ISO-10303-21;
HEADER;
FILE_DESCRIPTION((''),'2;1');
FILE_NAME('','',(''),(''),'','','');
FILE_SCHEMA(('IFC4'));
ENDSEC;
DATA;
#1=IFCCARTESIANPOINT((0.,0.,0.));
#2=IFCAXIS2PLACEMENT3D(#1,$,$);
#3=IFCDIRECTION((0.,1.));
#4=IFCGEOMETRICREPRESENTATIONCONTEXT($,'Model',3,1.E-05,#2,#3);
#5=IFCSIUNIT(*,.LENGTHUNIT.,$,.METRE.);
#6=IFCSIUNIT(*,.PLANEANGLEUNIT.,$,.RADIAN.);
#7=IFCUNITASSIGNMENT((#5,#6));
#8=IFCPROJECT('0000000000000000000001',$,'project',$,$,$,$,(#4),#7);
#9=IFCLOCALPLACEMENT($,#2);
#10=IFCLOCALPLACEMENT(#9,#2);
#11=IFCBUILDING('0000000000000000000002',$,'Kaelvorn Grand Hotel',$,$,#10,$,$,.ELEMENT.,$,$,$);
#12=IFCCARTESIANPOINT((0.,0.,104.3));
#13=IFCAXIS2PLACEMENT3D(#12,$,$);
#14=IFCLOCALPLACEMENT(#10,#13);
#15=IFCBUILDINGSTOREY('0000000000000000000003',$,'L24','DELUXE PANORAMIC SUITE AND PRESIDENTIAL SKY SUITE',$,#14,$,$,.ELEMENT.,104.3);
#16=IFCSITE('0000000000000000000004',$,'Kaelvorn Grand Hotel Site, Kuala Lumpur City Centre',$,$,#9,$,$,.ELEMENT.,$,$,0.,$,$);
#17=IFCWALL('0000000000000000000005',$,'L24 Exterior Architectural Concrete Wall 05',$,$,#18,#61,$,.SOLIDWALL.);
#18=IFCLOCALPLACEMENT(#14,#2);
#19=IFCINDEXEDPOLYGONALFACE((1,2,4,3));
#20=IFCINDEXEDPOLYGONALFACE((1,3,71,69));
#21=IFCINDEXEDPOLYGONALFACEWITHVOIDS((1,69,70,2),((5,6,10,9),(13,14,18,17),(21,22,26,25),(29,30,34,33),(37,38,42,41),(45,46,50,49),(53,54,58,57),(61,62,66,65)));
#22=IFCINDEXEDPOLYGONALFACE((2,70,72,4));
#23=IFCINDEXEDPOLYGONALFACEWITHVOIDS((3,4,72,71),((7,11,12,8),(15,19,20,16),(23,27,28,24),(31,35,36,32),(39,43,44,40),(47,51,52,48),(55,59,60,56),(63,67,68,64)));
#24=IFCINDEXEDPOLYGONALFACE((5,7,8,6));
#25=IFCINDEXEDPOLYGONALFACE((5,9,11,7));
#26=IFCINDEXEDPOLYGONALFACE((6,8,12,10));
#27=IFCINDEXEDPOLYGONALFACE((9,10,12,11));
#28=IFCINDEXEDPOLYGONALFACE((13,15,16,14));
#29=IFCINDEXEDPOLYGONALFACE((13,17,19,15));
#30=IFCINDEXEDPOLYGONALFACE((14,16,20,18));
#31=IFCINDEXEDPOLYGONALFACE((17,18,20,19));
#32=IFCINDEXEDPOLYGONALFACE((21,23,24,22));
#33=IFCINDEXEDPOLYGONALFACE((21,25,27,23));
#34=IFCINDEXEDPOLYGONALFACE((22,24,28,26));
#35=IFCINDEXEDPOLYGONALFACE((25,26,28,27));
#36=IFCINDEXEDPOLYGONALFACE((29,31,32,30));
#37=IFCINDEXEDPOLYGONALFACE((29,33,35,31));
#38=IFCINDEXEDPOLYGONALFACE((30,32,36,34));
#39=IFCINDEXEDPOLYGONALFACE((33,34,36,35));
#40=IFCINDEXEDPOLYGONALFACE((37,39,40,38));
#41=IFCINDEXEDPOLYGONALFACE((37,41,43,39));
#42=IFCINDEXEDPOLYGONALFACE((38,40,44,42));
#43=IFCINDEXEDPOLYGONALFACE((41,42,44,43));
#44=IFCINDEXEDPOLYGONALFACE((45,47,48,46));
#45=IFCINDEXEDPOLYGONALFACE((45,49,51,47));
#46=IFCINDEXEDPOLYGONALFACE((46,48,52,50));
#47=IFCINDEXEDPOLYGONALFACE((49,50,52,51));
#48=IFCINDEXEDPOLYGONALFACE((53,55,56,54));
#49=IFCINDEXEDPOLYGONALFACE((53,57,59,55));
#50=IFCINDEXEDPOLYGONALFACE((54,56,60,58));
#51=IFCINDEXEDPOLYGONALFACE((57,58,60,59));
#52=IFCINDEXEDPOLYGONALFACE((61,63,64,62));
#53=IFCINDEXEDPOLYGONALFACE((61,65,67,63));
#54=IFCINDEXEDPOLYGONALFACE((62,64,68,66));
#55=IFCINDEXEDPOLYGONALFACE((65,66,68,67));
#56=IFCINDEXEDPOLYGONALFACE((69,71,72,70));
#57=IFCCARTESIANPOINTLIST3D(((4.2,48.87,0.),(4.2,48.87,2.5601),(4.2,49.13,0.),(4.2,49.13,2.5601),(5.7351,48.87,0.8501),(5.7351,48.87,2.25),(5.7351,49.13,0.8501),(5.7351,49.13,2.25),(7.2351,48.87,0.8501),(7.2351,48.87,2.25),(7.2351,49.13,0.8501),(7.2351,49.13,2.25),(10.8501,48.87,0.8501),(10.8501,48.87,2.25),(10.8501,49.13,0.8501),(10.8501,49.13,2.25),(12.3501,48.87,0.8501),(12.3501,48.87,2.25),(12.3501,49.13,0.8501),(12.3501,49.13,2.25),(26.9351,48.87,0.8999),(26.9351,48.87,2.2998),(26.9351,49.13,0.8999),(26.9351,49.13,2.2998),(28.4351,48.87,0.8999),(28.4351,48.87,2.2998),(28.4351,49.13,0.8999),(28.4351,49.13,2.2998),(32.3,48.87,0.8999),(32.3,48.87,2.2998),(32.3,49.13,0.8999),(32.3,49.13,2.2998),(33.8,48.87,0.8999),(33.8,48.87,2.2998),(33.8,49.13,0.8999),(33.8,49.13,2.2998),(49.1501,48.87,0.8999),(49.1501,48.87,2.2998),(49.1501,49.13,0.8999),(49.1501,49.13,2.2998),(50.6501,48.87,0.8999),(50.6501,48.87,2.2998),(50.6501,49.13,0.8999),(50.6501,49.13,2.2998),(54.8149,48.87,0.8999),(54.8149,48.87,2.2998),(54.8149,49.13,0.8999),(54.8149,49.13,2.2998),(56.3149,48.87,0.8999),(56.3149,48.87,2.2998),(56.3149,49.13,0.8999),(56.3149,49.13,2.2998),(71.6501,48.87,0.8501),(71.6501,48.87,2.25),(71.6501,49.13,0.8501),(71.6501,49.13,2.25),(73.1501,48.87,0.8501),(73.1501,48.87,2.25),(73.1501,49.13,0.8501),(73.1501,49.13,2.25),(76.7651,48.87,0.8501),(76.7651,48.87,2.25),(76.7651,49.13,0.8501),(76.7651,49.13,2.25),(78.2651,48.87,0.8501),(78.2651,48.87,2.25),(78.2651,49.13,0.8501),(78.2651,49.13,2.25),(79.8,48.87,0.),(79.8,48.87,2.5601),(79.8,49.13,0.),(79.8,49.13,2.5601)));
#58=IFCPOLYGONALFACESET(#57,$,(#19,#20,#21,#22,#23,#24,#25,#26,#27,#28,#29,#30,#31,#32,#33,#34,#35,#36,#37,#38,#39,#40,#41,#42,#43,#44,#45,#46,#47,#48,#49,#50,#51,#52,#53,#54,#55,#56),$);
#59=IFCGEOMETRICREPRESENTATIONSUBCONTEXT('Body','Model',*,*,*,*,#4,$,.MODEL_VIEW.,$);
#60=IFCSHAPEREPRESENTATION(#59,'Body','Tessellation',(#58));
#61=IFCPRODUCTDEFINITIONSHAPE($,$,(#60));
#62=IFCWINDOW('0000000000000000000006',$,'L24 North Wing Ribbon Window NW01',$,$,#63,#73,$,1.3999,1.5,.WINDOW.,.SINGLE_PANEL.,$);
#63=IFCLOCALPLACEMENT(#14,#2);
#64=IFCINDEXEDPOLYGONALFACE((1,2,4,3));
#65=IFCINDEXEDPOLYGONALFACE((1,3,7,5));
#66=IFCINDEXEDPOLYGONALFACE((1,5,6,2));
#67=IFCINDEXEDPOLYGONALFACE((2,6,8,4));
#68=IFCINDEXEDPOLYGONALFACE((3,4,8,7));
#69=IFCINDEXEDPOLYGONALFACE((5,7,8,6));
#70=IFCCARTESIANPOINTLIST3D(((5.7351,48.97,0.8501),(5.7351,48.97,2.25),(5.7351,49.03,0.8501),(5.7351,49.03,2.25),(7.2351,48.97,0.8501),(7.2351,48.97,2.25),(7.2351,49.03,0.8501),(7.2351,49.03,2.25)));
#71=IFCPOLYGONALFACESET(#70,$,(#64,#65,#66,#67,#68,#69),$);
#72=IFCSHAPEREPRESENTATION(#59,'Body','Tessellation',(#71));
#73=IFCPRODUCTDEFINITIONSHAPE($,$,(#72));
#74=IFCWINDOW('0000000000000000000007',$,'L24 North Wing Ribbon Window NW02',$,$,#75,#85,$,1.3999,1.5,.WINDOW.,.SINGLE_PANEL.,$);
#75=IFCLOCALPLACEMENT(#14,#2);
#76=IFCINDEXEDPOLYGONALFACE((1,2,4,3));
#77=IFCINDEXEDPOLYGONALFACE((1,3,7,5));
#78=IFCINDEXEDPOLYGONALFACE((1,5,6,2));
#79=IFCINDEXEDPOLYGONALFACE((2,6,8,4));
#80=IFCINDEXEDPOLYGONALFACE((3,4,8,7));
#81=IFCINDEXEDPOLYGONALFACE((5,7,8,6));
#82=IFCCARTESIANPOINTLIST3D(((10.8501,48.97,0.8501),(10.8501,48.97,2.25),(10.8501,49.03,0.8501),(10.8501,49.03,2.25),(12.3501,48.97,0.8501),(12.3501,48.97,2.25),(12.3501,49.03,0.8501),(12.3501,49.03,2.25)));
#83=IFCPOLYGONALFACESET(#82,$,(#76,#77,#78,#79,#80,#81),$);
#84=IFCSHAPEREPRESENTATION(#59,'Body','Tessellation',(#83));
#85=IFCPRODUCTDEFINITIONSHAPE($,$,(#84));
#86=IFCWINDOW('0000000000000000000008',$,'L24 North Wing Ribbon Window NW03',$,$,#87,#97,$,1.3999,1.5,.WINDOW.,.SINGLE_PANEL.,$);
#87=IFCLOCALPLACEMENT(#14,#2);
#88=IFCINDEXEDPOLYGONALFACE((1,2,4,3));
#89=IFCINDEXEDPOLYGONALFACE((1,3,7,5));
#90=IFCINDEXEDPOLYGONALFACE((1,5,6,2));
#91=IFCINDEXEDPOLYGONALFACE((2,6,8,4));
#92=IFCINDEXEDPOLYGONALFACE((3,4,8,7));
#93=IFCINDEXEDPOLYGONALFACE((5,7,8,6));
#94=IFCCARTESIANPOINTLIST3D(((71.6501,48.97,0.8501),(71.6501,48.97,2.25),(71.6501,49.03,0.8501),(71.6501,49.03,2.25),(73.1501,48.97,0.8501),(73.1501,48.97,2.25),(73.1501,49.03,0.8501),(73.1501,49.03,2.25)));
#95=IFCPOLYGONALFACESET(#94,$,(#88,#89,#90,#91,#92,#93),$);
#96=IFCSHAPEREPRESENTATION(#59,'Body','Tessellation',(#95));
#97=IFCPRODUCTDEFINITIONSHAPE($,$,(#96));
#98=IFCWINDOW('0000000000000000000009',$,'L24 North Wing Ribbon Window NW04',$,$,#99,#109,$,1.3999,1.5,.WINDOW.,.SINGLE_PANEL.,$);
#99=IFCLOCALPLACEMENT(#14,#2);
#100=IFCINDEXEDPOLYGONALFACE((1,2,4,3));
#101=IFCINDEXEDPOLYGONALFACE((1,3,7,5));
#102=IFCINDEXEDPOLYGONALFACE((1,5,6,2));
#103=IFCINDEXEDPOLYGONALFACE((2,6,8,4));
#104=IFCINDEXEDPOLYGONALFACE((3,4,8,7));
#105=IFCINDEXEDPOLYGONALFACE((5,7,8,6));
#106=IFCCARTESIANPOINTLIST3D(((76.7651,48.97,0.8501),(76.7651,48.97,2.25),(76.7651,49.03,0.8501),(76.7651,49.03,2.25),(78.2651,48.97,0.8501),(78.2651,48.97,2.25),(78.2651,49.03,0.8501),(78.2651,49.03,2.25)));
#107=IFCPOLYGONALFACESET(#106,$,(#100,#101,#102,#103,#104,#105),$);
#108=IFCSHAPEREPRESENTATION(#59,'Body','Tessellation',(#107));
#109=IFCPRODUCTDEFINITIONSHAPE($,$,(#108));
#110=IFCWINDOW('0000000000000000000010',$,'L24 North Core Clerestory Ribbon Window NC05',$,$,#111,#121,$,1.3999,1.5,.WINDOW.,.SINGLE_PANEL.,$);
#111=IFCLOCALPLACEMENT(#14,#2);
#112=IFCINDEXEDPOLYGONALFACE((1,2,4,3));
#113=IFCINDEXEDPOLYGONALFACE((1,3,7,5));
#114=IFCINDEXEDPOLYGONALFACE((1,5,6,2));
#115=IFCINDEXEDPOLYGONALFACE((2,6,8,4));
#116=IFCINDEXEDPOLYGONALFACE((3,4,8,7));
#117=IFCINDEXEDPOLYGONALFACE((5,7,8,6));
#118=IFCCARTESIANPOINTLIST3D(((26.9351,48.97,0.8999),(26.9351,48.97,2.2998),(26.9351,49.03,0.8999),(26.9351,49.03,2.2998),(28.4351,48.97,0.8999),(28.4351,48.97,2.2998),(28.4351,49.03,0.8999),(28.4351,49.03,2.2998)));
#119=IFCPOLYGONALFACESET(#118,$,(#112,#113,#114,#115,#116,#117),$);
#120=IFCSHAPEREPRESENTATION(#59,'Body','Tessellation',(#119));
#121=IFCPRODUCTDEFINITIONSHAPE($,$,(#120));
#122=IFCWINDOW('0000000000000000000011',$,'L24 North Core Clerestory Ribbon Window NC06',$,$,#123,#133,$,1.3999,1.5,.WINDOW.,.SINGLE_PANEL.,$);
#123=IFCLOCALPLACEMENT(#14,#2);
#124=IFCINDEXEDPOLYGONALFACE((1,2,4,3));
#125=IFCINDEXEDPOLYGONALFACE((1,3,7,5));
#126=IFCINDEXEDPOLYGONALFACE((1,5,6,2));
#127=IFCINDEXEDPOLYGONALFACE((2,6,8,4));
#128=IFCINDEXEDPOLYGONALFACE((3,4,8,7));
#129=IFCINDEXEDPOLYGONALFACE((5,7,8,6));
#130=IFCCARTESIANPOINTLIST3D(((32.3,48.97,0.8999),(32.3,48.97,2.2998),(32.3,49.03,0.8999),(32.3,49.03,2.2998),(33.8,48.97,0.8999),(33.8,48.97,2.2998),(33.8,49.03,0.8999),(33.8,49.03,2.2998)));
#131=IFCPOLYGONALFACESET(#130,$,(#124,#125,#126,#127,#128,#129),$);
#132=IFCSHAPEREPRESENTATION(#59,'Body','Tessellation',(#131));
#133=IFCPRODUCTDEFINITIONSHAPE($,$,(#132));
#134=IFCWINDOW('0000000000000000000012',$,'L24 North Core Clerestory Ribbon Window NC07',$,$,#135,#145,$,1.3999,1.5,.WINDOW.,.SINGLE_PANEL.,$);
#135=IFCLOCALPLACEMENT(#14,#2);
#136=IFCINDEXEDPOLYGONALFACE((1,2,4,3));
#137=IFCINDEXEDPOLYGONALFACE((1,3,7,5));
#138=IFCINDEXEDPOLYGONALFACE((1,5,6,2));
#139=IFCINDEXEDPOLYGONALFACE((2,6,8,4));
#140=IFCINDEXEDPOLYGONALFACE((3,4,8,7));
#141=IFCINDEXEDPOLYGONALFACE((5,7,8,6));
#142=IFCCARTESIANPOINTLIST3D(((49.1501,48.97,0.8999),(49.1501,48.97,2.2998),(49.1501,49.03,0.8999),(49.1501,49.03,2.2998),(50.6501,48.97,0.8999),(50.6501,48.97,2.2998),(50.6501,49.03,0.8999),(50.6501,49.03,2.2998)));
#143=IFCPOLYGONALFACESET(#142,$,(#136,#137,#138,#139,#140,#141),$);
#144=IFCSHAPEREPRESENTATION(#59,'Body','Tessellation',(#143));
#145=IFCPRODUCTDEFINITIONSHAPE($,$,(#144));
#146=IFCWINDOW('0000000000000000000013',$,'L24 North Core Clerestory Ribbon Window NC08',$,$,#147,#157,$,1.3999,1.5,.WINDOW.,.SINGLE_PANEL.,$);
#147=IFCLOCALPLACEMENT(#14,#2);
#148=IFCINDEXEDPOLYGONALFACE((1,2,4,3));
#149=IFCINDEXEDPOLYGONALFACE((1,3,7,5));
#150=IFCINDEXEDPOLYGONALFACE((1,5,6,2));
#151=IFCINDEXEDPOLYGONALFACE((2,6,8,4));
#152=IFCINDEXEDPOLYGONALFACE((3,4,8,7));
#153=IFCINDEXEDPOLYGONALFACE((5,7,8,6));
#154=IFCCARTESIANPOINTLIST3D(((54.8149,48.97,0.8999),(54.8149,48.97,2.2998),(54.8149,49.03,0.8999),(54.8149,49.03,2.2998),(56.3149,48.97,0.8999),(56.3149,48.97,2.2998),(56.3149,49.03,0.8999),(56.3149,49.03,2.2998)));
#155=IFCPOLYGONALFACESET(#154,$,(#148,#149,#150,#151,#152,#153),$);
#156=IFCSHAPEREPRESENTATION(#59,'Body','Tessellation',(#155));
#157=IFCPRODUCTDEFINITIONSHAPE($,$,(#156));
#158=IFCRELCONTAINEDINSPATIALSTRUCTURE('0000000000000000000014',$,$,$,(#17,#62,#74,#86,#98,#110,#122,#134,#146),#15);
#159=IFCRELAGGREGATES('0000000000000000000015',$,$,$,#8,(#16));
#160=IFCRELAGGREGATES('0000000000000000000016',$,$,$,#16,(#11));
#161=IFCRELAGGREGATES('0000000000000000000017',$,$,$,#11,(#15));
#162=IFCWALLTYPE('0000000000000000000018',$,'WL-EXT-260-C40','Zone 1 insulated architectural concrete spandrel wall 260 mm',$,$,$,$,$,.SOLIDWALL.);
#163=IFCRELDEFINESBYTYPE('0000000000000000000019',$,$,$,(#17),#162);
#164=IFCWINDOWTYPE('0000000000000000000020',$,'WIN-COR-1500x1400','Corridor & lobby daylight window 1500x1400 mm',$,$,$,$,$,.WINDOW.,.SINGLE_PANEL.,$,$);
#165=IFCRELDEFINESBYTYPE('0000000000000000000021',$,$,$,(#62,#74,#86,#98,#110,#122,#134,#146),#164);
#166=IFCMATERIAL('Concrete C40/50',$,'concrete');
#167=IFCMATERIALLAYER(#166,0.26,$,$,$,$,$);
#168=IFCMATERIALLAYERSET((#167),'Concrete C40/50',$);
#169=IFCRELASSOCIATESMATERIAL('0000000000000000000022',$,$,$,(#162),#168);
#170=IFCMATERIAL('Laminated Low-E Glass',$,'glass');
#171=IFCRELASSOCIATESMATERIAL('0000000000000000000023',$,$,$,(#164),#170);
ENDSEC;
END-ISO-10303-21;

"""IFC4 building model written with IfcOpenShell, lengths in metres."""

from ifc_helpers import new_model, si_unit, direction, frame, frame_2d, origin, place, context, subcontext, project, spatial, rectangle, extrude, material, layer, layer_set, type_object, element, fill, save


model = new_model("IFC4")

# Units and contexts
model_context = context("Model", 3, precision=1e-05, world=origin(), true_north=direction((0.0, 1.0)))
body_context = subcontext(model_context, "Body", "Model", "MODEL_VIEW")
ifc_project = project(units=[si_unit("LENGTHUNIT", "METRE"), si_unit("PLANEANGLEUNIT", "RADIAN")], contexts=[model_context])

# Site, building, storey
site_placement = place(None, origin())
site = spatial("IfcSite", under=ifc_project, at=site_placement, Name="Kaelvorn Grand Hotel Site, Kuala Lumpur City Centre", CompositionType="ELEMENT", RefElevation=0.0)
building_placement = place(site_placement, origin())
building = spatial("IfcBuilding", under=site, at=building_placement, Name="Kaelvorn Grand Hotel", CompositionType="ELEMENT")
storey_placement = place(building_placement, frame((0.0, 0.0, 104.3)))
storey = spatial("IfcBuildingStorey", under=building, at=storey_placement, Name="L24", Description="DELUXE PANORAMIC SUITE AND PRESIDENTIAL SKY SUITE", CompositionType="ELEMENT", Elevation=104.3)

# Shared definitions
ifc_material_1 = material(Name="Concrete C40/50", Category="concrete")
ifc_layer_1 = layer(ifc_material_1, 0.26)
ifc_layer_set_1 = layer_set([ifc_layer_1], Name="Concrete C40/50")
wall_type = type_object("IfcWallType", Name="WL-EXT-260-C40", Description="Zone 1 insulated architectural concrete spandrel wall 260 mm", PredefinedType="SOLIDWALL", material=ifc_layer_set_1)

# Wall, openings, windows
wall_1_placement = place(storey_placement, frame((79.8, 49.0, 0.0), z_axis=(0.0, 0.0, 1.0), x_axis=(-1.0, 0.0, 0.0)))
wall_1 = element("IfcWall", 1, at=wall_1_placement, inside=storey, type_object=wall_type, Name="L24 Exterior Architectural Concrete Wall 05", PredefinedType="SOLIDWALL", context=body_context, shape_type="SweptSolid", body=[
    extrude(rectangle(XDim=75.6001, YDim=0.26, at=frame_2d((37.8, 0.0))), origin(), (0.0, 0.0, 1.0), 2.5601),
])
opening_1_placement = place(wall_1_placement, frame((72.5649, 0.0, 0.8501)))
opening_1 = element("IfcOpeningElement", 2, at=opening_1_placement, cuts=wall_1, PredefinedType="OPENING", context=body_context, shape_type="SweptSolid", body=[
    extrude(rectangle(XDim=1.5, YDim=1.3999, at=frame_2d((0.75, 0.7))), frame((0.0, 0.1401, 0.0), z_axis=(0.0, -1.0, 0.0), x_axis=(1.0, 0.0, 0.0)), (0.0, 0.0, 1.0), 0.28),
])
opening_2_placement = place(wall_1_placement, frame((67.45, 0.0, 0.8501)))
opening_2 = element("IfcOpeningElement", 3, at=opening_2_placement, cuts=wall_1, PredefinedType="OPENING", context=body_context, shape_type="SweptSolid", body=[
    extrude(rectangle(XDim=1.5, YDim=1.3999, at=frame_2d((0.75, 0.7))), frame((0.0, 0.1401, 0.0), z_axis=(0.0, -1.0, 0.0), x_axis=(1.0, 0.0, 0.0)), (0.0, 0.0, 1.0), 0.28),
])
opening_3_placement = place(wall_1_placement, frame((6.6499, 0.0, 0.8501)))
opening_3 = element("IfcOpeningElement", 4, at=opening_3_placement, cuts=wall_1, PredefinedType="OPENING", context=body_context, shape_type="SweptSolid", body=[
    extrude(rectangle(XDim=1.5, YDim=1.3999, at=frame_2d((0.75, 0.7))), frame((0.0, 0.1401, 0.0), z_axis=(0.0, -1.0, 0.0), x_axis=(1.0, 0.0, 0.0)), (0.0, 0.0, 1.0), 0.28),
])
opening_4_placement = place(wall_1_placement, frame((1.5349, 0.0, 0.8501)))
opening_4 = element("IfcOpeningElement", 5, at=opening_4_placement, cuts=wall_1, PredefinedType="OPENING", context=body_context, shape_type="SweptSolid", body=[
    extrude(rectangle(XDim=1.5, YDim=1.3999, at=frame_2d((0.75, 0.7))), frame((0.0, 0.1401, 0.0), z_axis=(0.0, -1.0, 0.0), x_axis=(1.0, 0.0, 0.0)), (0.0, 0.0, 1.0), 0.28),
])
opening_5_placement = place(wall_1_placement, frame((51.365, 0.0, 0.8999)))
opening_5 = element("IfcOpeningElement", 6, at=opening_5_placement, cuts=wall_1, PredefinedType="OPENING", context=body_context, shape_type="SweptSolid", body=[
    extrude(rectangle(XDim=1.5, YDim=1.3999, at=frame_2d((0.75, 0.7))), frame((0.0, 0.1401, 0.0), z_axis=(0.0, -1.0, 0.0), x_axis=(1.0, 0.0, 0.0)), (0.0, 0.0, 1.0), 0.28),
])
opening_6_placement = place(wall_1_placement, frame((46.0, 0.0, 0.8999)))
opening_6 = element("IfcOpeningElement", 7, at=opening_6_placement, cuts=wall_1, PredefinedType="OPENING", context=body_context, shape_type="SweptSolid", body=[
    extrude(rectangle(XDim=1.5, YDim=1.3999, at=frame_2d((0.75, 0.7))), frame((0.0, 0.1401, 0.0), z_axis=(0.0, -1.0, 0.0), x_axis=(1.0, 0.0, 0.0)), (0.0, 0.0, 1.0), 0.28),
])
opening_7_placement = place(wall_1_placement, frame((29.1499, 0.0, 0.8999)))
opening_7 = element("IfcOpeningElement", 8, at=opening_7_placement, cuts=wall_1, PredefinedType="OPENING", context=body_context, shape_type="SweptSolid", body=[
    extrude(rectangle(XDim=1.5, YDim=1.3999, at=frame_2d((0.75, 0.7))), frame((0.0, 0.1401, 0.0), z_axis=(0.0, -1.0, 0.0), x_axis=(1.0, 0.0, 0.0)), (0.0, 0.0, 1.0), 0.28),
])
opening_8_placement = place(wall_1_placement, frame((23.4851, 0.0, 0.8999)))
opening_8 = element("IfcOpeningElement", 9, at=opening_8_placement, cuts=wall_1, PredefinedType="OPENING", context=body_context, shape_type="SweptSolid", body=[
    extrude(rectangle(XDim=1.5, YDim=1.3999, at=frame_2d((0.75, 0.7))), frame((0.0, 0.1401, 0.0), z_axis=(0.0, -1.0, 0.0), x_axis=(1.0, 0.0, 0.0)), (0.0, 0.0, 1.0), 0.28),
])
ifc_material_2 = material(Name="Laminated Low-E Glass", Category="glass")
window_type = type_object("IfcWindowType", Name="WIN-COR-1500x1400", Description="Corridor & lobby daylight window 1500x1400 mm", PartitioningType="SINGLE_PANEL", PredefinedType="WINDOW", material=ifc_material_2)
window_1_placement = place(opening_1_placement, origin())
window_1 = element("IfcWindow", 10, at=window_1_placement, inside=storey, type_object=window_type, Name="L24 North Wing Ribbon Window NW01", OverallHeight=1.3999, OverallWidth=1.5, PartitioningType="SINGLE_PANEL", PredefinedType="WINDOW", context=body_context, shape_type="SweptSolid", body=[
    extrude(rectangle(XDim=1.5, YDim=1.3999, at=frame_2d((0.75, 0.7))), frame((0.0, 0.03, 0.0), z_axis=(0.0, -1.0, 0.0), x_axis=(1.0, 0.0, 0.0)), (0.0, 0.0, 1.0), 0.0601),
])
fill(opening_1, window_1)
window_2_placement = place(opening_2_placement, origin())
window_2 = element("IfcWindow", 11, at=window_2_placement, inside=storey, type_object=window_type, Name="L24 North Wing Ribbon Window NW02", OverallHeight=1.3999, OverallWidth=1.5, PartitioningType="SINGLE_PANEL", PredefinedType="WINDOW", context=body_context, shape_type="SweptSolid", body=[
    extrude(rectangle(XDim=1.5, YDim=1.3999, at=frame_2d((0.75, 0.7))), frame((0.0, 0.03, 0.0), z_axis=(0.0, -1.0, 0.0), x_axis=(1.0, 0.0, 0.0)), (0.0, 0.0, 1.0), 0.0601),
])
fill(opening_2, window_2)
window_3_placement = place(opening_3_placement, origin())
window_3 = element("IfcWindow", 12, at=window_3_placement, inside=storey, type_object=window_type, Name="L24 North Wing Ribbon Window NW03", OverallHeight=1.3999, OverallWidth=1.5, PartitioningType="SINGLE_PANEL", PredefinedType="WINDOW", context=body_context, shape_type="SweptSolid", body=[
    extrude(rectangle(XDim=1.5, YDim=1.3999, at=frame_2d((0.75, 0.7))), frame((0.0, 0.03, 0.0), z_axis=(0.0, -1.0, 0.0), x_axis=(1.0, 0.0, 0.0)), (0.0, 0.0, 1.0), 0.0601),
])
fill(opening_3, window_3)
window_4_placement = place(opening_4_placement, origin())
window_4 = element("IfcWindow", 13, at=window_4_placement, inside=storey, type_object=window_type, Name="L24 North Wing Ribbon Window NW04", OverallHeight=1.3999, OverallWidth=1.5, PartitioningType="SINGLE_PANEL", PredefinedType="WINDOW", context=body_context, shape_type="SweptSolid", body=[
    extrude(rectangle(XDim=1.5, YDim=1.3999, at=frame_2d((0.75, 0.7))), frame((0.0, 0.03, 0.0), z_axis=(0.0, -1.0, 0.0), x_axis=(1.0, 0.0, 0.0)), (0.0, 0.0, 1.0), 0.0601),
])
fill(opening_4, window_4)
window_5_placement = place(opening_5_placement, origin())
window_5 = element("IfcWindow", 14, at=window_5_placement, inside=storey, type_object=window_type, Name="L24 North Core Clerestory Ribbon Window NC05", OverallHeight=1.3999, OverallWidth=1.5, PartitioningType="SINGLE_PANEL", PredefinedType="WINDOW", context=body_context, shape_type="SweptSolid", body=[
    extrude(rectangle(XDim=1.5, YDim=1.3999, at=frame_2d((0.75, 0.7))), frame((0.0, 0.03, 0.0), z_axis=(0.0, -1.0, 0.0), x_axis=(1.0, 0.0, 0.0)), (0.0, 0.0, 1.0), 0.0601),
])
fill(opening_5, window_5)
window_6_placement = place(opening_6_placement, origin())
window_6 = element("IfcWindow", 15, at=window_6_placement, inside=storey, type_object=window_type, Name="L24 North Core Clerestory Ribbon Window NC06", OverallHeight=1.3999, OverallWidth=1.5, PartitioningType="SINGLE_PANEL", PredefinedType="WINDOW", context=body_context, shape_type="SweptSolid", body=[
    extrude(rectangle(XDim=1.5, YDim=1.3999, at=frame_2d((0.75, 0.7))), frame((0.0, 0.03, 0.0), z_axis=(0.0, -1.0, 0.0), x_axis=(1.0, 0.0, 0.0)), (0.0, 0.0, 1.0), 0.0601),
])
fill(opening_6, window_6)
window_7_placement = place(opening_7_placement, origin())
window_7 = element("IfcWindow", 16, at=window_7_placement, inside=storey, type_object=window_type, Name="L24 North Core Clerestory Ribbon Window NC07", OverallHeight=1.3999, OverallWidth=1.5, PartitioningType="SINGLE_PANEL", PredefinedType="WINDOW", context=body_context, shape_type="SweptSolid", body=[
    extrude(rectangle(XDim=1.5, YDim=1.3999, at=frame_2d((0.75, 0.7))), frame((0.0, 0.03, 0.0), z_axis=(0.0, -1.0, 0.0), x_axis=(1.0, 0.0, 0.0)), (0.0, 0.0, 1.0), 0.0601),
])
fill(opening_7, window_7)
window_8_placement = place(opening_8_placement, origin())
window_8 = element("IfcWindow", 17, at=window_8_placement, inside=storey, type_object=window_type, Name="L24 North Core Clerestory Ribbon Window NC08", OverallHeight=1.3999, OverallWidth=1.5, PartitioningType="SINGLE_PANEL", PredefinedType="WINDOW", context=body_context, shape_type="SweptSolid", body=[
    extrude(rectangle(XDim=1.5, YDim=1.3999, at=frame_2d((0.75, 0.7))), frame((0.0, 0.03, 0.0), z_axis=(0.0, -1.0, 0.0), x_axis=(1.0, 0.0, 0.0)), (0.0, 0.0, 1.0), 0.0601),
])
fill(opening_8, window_8)

save(model, "model.ifc")
